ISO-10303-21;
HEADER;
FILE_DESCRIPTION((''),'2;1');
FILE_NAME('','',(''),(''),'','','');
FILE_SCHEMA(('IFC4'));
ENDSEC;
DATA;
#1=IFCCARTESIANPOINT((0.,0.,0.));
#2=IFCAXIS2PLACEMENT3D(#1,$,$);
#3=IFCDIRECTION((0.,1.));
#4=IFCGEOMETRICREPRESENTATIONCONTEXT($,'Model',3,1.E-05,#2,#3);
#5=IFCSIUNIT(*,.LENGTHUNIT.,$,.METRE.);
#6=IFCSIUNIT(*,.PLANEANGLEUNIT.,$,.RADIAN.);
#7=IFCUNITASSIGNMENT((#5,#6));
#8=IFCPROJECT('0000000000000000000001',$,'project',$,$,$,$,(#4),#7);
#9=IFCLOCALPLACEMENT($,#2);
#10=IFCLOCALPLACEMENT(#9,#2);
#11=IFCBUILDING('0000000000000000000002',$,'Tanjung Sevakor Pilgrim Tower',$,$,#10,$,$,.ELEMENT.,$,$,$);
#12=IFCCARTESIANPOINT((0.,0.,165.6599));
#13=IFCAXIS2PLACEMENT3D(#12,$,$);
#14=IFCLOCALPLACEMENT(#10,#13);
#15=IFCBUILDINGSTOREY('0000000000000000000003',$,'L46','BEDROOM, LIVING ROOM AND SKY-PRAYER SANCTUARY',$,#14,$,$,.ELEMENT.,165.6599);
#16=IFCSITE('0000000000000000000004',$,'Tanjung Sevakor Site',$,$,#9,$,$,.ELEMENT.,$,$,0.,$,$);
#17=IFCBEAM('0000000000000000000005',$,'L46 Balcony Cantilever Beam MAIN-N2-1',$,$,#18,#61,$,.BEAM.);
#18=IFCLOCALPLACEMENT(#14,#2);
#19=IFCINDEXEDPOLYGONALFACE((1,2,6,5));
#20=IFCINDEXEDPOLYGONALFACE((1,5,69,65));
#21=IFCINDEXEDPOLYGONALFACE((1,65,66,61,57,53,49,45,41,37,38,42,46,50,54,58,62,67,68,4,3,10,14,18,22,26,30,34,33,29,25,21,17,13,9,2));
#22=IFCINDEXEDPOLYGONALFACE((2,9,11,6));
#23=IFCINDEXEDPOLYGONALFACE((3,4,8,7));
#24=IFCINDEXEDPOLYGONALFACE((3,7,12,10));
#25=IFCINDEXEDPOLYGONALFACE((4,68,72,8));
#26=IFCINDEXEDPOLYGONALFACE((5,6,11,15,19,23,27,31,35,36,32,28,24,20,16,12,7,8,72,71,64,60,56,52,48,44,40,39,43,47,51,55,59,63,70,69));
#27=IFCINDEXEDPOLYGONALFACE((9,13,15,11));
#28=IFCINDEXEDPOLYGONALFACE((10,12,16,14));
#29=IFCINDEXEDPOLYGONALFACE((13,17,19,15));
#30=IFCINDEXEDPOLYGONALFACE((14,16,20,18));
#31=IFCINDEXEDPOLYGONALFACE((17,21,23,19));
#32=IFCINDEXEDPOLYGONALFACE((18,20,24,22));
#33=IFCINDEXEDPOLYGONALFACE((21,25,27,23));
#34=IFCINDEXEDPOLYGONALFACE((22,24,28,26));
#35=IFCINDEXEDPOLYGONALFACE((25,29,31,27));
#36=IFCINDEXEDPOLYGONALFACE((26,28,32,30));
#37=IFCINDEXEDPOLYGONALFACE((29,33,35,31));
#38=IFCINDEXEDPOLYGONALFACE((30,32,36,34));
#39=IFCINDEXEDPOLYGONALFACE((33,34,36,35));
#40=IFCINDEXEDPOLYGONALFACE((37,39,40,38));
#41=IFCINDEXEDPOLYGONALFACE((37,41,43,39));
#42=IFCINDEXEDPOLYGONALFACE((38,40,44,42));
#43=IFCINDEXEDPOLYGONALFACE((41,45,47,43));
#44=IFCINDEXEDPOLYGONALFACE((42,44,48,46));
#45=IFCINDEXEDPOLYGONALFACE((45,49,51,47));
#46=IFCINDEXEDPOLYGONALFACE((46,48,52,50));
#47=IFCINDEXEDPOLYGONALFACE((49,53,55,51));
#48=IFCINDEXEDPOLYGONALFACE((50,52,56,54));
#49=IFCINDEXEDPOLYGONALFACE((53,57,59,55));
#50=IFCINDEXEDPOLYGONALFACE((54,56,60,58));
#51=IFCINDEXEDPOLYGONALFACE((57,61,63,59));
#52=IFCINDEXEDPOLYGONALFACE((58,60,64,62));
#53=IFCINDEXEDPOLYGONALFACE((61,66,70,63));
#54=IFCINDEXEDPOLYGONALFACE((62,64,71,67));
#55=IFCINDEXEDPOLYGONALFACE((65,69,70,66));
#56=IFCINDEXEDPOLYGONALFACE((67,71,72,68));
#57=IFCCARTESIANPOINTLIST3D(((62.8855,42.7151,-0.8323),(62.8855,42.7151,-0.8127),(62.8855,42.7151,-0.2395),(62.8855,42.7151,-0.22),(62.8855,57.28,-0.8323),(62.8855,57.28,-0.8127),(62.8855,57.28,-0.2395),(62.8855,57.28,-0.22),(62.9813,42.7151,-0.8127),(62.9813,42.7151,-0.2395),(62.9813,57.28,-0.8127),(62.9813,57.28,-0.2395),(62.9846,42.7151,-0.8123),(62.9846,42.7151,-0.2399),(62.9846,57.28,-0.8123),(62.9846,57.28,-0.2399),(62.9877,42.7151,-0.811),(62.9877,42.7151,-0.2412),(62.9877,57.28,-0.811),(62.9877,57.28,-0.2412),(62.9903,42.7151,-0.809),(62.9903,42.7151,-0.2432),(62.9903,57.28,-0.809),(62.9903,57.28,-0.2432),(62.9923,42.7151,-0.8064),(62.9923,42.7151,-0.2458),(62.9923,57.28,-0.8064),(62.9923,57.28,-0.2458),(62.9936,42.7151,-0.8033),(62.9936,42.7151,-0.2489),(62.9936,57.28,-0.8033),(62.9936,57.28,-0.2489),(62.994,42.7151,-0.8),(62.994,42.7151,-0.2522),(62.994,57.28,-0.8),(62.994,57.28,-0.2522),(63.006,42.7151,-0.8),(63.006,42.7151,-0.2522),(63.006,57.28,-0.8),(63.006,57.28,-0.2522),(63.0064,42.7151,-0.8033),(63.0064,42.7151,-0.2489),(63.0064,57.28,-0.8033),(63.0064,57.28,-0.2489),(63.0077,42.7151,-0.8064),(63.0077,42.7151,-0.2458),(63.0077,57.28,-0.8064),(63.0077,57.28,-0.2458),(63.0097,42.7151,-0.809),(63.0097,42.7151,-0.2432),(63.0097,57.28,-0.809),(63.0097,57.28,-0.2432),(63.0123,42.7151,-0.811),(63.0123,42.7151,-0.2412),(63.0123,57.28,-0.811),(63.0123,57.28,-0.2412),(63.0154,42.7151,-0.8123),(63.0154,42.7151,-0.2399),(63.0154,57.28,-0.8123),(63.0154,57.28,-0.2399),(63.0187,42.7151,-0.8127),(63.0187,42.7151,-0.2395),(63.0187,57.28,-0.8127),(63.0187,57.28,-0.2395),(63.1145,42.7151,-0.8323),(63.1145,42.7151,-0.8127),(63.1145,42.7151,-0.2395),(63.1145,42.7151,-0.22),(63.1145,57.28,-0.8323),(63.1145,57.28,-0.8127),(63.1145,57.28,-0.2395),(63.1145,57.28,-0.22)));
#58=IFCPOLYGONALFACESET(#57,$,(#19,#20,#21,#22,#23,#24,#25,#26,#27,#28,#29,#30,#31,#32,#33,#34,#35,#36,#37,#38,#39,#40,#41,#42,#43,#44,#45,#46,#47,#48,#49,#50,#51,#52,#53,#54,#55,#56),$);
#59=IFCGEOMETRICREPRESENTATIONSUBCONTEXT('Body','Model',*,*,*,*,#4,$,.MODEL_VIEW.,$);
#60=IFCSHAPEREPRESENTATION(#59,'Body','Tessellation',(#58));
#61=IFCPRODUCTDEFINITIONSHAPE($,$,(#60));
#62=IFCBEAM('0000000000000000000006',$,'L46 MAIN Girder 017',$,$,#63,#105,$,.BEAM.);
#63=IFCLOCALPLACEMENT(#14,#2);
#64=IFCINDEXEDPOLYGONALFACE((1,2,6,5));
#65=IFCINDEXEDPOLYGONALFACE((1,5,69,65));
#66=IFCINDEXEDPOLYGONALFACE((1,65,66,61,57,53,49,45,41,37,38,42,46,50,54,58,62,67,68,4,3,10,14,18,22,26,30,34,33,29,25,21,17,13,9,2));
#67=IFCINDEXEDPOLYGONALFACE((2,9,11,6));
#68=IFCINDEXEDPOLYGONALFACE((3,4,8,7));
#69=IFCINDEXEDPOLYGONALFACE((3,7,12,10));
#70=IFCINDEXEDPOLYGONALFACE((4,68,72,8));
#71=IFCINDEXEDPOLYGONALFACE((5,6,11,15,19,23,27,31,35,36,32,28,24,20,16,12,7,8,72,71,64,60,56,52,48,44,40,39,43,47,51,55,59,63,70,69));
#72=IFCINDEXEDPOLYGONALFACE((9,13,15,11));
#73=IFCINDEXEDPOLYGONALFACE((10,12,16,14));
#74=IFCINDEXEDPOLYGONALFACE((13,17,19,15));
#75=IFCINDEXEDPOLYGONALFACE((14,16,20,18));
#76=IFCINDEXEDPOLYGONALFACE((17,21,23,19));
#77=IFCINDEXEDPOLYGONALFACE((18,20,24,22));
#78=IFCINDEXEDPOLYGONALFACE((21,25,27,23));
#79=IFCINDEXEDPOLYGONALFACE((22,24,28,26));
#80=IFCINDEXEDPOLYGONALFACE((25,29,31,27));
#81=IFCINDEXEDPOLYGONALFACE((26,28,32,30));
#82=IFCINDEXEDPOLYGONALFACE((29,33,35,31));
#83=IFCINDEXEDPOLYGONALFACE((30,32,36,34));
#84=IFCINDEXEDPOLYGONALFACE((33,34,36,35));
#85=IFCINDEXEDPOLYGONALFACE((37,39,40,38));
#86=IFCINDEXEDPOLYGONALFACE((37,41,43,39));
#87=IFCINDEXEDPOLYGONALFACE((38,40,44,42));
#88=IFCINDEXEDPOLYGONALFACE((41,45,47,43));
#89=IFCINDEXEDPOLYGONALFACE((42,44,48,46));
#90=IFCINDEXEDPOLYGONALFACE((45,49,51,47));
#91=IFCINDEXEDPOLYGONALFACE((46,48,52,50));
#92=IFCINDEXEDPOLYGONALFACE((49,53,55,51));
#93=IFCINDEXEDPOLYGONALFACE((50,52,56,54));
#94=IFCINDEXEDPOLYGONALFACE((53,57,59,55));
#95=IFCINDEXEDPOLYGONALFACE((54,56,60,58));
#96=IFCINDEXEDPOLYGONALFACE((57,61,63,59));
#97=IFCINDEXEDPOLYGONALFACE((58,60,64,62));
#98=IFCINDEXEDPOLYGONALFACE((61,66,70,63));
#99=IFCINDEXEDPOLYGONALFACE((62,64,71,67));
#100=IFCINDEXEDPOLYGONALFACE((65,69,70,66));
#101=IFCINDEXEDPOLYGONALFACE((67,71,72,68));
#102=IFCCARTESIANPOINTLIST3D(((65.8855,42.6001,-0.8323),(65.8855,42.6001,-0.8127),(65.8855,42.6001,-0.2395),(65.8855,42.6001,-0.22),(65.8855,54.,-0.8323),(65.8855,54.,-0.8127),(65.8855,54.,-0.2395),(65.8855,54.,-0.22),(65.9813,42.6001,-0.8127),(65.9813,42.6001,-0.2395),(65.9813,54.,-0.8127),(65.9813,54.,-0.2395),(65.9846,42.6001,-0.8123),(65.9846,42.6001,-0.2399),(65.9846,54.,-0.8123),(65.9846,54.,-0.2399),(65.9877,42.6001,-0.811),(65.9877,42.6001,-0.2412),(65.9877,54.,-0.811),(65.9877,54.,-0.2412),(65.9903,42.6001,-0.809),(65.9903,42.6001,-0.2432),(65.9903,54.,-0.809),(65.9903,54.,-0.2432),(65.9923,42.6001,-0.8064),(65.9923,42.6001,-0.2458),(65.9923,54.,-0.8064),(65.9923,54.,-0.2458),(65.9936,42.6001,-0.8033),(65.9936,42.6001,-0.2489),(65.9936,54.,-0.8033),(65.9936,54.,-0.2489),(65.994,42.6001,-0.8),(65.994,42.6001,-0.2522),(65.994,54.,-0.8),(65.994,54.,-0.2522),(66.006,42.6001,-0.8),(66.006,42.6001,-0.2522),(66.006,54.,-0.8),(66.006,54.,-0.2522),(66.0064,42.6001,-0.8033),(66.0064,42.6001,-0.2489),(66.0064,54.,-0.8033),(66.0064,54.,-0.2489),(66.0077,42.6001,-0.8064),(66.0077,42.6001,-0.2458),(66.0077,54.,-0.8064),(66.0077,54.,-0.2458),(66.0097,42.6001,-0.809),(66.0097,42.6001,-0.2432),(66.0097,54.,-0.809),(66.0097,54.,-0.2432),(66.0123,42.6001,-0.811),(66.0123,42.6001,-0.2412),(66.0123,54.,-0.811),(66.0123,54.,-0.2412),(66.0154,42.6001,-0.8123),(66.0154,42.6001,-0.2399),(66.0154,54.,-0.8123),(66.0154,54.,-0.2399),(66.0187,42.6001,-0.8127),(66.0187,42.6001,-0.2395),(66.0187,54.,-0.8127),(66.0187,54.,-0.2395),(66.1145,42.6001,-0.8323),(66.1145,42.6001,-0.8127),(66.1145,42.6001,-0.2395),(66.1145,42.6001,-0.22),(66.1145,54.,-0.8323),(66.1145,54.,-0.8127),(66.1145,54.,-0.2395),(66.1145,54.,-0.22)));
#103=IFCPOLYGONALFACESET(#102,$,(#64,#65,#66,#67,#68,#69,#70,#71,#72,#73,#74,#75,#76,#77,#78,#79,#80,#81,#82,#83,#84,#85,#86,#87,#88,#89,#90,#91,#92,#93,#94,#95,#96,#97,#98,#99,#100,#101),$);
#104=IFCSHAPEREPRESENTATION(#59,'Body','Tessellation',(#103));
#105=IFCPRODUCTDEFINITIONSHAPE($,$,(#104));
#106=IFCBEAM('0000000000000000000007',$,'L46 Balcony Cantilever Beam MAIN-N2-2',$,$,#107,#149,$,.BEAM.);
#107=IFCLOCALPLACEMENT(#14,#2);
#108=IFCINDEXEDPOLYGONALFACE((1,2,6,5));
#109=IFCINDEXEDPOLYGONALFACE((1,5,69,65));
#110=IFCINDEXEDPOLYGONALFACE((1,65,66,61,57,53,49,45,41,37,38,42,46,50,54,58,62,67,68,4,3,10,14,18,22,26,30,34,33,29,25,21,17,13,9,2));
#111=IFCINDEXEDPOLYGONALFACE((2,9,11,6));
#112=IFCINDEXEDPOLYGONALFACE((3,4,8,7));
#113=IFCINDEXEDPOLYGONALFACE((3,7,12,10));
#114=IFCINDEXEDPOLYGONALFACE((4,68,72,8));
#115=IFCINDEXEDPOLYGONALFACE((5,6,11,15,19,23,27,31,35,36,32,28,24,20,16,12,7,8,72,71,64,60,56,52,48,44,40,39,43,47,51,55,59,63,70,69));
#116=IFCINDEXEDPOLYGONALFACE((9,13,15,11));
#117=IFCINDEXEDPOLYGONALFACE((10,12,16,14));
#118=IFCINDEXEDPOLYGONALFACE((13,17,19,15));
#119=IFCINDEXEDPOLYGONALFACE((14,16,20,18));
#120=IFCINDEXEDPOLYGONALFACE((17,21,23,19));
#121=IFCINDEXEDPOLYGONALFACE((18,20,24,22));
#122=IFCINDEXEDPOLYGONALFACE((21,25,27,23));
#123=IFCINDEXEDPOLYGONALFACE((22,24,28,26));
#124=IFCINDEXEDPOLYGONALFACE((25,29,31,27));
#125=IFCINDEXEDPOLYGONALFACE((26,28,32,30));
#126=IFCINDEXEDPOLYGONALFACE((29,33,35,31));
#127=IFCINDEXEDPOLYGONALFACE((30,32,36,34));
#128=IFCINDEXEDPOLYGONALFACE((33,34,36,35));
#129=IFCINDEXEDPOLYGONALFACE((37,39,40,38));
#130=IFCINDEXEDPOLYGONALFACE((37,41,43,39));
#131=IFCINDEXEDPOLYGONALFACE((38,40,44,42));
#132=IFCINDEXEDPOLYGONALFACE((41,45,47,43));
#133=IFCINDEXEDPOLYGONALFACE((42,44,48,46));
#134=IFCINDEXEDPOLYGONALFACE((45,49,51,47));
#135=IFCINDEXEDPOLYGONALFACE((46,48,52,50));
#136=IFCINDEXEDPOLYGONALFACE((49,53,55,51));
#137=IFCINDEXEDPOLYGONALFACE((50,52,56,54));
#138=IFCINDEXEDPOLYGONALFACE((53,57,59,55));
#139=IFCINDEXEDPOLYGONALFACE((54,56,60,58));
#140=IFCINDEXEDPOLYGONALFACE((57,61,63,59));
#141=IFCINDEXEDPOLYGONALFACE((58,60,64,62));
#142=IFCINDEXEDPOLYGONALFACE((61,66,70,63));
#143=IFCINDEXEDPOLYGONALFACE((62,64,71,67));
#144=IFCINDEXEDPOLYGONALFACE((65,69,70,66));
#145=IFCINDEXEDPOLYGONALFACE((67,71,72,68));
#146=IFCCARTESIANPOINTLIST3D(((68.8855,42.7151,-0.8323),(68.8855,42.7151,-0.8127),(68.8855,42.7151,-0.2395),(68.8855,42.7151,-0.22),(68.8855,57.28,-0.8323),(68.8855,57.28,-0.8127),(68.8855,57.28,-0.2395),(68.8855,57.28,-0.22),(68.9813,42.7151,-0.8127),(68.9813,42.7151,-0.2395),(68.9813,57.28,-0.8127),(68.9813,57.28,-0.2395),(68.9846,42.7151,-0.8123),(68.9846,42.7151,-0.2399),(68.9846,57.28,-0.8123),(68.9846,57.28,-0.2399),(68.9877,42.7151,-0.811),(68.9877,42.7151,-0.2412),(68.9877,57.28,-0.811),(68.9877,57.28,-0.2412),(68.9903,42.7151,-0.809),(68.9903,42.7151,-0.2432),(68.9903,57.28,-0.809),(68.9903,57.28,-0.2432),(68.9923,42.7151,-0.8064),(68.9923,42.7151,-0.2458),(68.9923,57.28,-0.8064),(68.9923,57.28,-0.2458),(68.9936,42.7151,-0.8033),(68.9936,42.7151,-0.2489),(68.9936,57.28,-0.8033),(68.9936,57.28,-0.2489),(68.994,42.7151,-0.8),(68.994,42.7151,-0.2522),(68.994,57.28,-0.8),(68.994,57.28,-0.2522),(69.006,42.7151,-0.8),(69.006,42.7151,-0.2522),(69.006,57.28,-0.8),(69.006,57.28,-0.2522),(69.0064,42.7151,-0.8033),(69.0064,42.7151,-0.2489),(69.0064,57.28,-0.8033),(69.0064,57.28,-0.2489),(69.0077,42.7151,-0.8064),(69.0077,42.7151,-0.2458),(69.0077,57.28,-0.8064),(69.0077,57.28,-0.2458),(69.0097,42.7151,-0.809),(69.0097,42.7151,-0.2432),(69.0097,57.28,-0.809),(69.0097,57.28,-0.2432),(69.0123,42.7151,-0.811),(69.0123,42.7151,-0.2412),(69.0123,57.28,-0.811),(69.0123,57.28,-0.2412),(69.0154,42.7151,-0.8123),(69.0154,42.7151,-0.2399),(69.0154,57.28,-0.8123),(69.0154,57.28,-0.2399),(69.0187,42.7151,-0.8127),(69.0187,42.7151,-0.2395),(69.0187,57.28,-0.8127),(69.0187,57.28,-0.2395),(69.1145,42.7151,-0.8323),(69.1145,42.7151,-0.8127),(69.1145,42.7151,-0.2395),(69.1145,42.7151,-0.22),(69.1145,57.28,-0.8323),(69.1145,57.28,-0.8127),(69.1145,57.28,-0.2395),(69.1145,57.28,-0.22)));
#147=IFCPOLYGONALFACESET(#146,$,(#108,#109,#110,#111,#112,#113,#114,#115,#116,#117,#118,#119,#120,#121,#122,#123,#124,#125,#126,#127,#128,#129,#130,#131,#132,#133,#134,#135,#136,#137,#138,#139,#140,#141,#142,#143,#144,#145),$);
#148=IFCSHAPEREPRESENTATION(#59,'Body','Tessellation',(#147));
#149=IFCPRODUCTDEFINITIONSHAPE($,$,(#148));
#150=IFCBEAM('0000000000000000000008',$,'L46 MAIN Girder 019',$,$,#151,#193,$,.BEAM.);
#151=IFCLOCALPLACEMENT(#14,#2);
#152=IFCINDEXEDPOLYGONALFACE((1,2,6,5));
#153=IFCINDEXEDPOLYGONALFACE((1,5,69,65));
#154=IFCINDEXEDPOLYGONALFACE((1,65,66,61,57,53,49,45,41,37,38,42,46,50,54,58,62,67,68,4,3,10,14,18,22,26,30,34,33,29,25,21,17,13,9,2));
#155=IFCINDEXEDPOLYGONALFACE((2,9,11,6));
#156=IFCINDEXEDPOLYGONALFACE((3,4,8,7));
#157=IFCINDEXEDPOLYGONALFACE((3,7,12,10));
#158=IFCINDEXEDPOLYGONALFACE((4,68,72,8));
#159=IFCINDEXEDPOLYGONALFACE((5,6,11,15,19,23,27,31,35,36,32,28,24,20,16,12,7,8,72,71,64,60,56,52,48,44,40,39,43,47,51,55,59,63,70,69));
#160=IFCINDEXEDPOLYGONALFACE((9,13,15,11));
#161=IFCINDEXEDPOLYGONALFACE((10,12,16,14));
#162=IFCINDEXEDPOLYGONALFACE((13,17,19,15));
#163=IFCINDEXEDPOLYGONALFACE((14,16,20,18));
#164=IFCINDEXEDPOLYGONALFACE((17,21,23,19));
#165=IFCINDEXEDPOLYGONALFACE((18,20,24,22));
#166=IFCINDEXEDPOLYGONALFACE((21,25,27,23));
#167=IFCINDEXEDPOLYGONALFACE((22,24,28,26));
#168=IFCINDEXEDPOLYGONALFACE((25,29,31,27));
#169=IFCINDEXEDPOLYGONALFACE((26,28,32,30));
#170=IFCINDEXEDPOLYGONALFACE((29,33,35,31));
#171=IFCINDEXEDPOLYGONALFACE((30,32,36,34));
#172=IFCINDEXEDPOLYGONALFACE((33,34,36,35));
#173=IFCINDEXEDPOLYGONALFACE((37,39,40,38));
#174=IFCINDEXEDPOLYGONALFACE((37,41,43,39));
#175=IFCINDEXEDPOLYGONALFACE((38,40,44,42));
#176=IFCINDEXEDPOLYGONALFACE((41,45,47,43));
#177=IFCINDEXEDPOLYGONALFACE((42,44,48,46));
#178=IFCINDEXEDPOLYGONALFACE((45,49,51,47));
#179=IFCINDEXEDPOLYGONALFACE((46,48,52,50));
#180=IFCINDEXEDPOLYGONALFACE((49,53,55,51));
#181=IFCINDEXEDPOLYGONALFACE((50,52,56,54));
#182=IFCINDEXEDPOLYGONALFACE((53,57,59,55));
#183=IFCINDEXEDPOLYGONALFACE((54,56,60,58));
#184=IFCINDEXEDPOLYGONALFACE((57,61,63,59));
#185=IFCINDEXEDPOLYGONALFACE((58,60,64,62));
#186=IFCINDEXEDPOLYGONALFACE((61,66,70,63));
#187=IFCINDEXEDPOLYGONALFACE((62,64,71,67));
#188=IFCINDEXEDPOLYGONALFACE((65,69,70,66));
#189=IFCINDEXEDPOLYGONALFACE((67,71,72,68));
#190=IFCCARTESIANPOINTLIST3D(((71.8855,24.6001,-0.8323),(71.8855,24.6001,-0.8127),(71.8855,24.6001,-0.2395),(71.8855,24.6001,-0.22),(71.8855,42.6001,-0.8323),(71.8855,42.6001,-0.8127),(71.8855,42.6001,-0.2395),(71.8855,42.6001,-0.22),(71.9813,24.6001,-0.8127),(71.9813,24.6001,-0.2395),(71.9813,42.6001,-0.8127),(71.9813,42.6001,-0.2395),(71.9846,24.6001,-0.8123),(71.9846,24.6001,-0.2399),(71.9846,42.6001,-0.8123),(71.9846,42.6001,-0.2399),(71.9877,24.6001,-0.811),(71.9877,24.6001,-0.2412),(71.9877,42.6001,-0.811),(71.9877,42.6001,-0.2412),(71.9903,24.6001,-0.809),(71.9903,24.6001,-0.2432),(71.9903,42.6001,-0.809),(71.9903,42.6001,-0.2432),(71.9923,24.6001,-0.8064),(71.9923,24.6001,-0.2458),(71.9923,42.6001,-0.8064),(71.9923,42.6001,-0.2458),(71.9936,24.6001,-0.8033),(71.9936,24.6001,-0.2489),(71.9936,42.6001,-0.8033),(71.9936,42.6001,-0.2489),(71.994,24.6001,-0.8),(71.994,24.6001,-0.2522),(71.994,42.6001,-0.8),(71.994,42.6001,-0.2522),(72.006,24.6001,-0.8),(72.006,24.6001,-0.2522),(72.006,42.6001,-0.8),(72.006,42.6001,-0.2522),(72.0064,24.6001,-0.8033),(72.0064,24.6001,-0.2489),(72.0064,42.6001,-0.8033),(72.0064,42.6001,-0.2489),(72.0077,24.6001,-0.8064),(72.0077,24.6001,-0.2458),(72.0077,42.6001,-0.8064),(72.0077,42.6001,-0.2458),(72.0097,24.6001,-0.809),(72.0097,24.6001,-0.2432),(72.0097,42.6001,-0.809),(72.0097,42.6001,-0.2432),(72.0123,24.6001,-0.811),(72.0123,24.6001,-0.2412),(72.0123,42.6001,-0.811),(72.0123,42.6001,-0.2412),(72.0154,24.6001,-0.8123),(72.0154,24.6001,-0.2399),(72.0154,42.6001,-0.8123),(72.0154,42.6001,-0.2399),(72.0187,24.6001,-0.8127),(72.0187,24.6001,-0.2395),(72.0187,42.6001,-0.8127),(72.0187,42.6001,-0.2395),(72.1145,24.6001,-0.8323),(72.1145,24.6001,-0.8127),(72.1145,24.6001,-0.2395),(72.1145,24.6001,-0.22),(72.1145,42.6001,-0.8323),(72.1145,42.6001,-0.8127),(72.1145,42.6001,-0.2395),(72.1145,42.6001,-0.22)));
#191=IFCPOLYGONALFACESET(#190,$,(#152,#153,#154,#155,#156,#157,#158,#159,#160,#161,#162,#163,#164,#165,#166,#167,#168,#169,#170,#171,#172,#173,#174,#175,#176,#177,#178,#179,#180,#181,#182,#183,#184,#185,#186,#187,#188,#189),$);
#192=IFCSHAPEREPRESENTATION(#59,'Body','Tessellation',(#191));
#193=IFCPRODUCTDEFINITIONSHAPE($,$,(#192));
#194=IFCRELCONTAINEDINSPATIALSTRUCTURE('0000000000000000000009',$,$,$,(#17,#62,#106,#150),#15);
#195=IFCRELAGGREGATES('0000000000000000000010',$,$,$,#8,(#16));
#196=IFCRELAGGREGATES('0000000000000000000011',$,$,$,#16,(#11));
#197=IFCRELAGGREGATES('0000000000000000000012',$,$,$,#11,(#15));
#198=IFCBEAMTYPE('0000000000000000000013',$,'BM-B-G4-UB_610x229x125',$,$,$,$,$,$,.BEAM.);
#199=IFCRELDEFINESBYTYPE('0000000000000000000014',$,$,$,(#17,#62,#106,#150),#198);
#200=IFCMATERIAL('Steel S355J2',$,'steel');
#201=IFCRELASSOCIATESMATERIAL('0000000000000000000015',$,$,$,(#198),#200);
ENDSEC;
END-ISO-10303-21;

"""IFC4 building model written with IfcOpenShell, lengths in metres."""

from ifc_helpers import new_model, si_unit, direction, frame, origin, origin_2d, place, context, subcontext, project, spatial, i_section, extrude, material, material_profile, profile_set, type_object, element, save


model = new_model("IFC4")

# Units and contexts
model_context = context("Model", 3, precision=1e-05, world=origin(), true_north=direction((0.0, 1.0)))
body_context = subcontext(model_context, "Body", "Model", "MODEL_VIEW")
ifc_project = project(units=[si_unit("LENGTHUNIT", "METRE"), si_unit("PLANEANGLEUNIT", "RADIAN")], contexts=[model_context])

# Site, building, storey
site_placement = place(None, origin())
site = spatial("IfcSite", under=ifc_project, at=site_placement, Name="Tanjung Sevakor Site", CompositionType="ELEMENT", RefElevation=0.0)
building_placement = place(site_placement, origin())
building = spatial("IfcBuilding", under=site, at=building_placement, Name="Tanjung Sevakor Pilgrim Tower", CompositionType="ELEMENT")
storey_placement = place(building_placement, frame((0.0, 0.0, 165.6599)))
storey = spatial("IfcBuildingStorey", under=building, at=storey_placement, Name="L46", Description="BEDROOM, LIVING ROOM AND SKY-PRAYER SANCTUARY", CompositionType="ELEMENT", Elevation=165.6599)

# Beams
ifc_material_1 = material(Name="Steel S355J2", Category="steel")
ifc_material_profile_1 = material_profile(ifc_material_1, i_section(OverallWidth=0.229, OverallDepth=0.6123, WebThickness=0.012, FlangeThickness=0.0195, FilletRadius=0.0127, at=origin_2d()))
ifc_profile_set_1 = profile_set([ifc_material_profile_1], Name="Steel S355J2")
beam_type_1 = type_object("IfcBeamType", Name="BM-B-G4-UB_610x229x125", PredefinedType="BEAM", material=ifc_profile_set_1)
beam_1_placement = place(storey_placement, frame((63.0, 42.7151, -0.5261), z_axis=(0.0, 1.0, 0.0), x_axis=(-1.0, 0.0, 0.0)))
element("IfcBeam", 1, at=beam_1_placement, inside=storey, type_object=beam_type_1, Name="L46 Balcony Cantilever Beam MAIN-N2-1", PredefinedType="BEAM", context=body_context, shape_type="SweptSolid", body=[
    extrude(i_section(OverallWidth=0.229, OverallDepth=0.6123, WebThickness=0.012, FlangeThickness=0.0195, FilletRadius=0.0127, at=origin_2d()), origin(), (0.0, 0.0, 1.0), 14.5649),
])
beam_2_placement = place(storey_placement, frame((66.0, 42.6001, -0.5261), z_axis=(0.0, 1.0, 0.0), x_axis=(-1.0, 0.0, 0.0)))
element("IfcBeam", 2, at=beam_2_placement, inside=storey, type_object=beam_type_1, Name="L46 MAIN Girder 017", PredefinedType="BEAM", context=body_context, shape_type="SweptSolid", body=[
    extrude(i_section(OverallWidth=0.229, OverallDepth=0.6123, WebThickness=0.012, FlangeThickness=0.0195, FilletRadius=0.0127, at=origin_2d()), origin(), (0.0, 0.0, 1.0), 11.3999),
])
beam_3_placement = place(storey_placement, frame((69.0, 42.7151, -0.5261), z_axis=(0.0, 1.0, 0.0), x_axis=(-1.0, 0.0, 0.0)))
element("IfcBeam", 3, at=beam_3_placement, inside=storey, type_object=beam_type_1, Name="L46 Balcony Cantilever Beam MAIN-N2-2", PredefinedType="BEAM", context=body_context, shape_type="SweptSolid", body=[
    extrude(i_section(OverallWidth=0.229, OverallDepth=0.6123, WebThickness=0.012, FlangeThickness=0.0195, FilletRadius=0.0127, at=origin_2d()), origin(), (0.0, 0.0, 1.0), 14.5649),
])
beam_4_placement = place(storey_placement, frame((72.0, 24.6001, -0.5261), z_axis=(0.0, 1.0, 0.0), x_axis=(-1.0, 0.0, 0.0)))
element("IfcBeam", 4, at=beam_4_placement, inside=storey, type_object=beam_type_1, Name="L46 MAIN Girder 019", PredefinedType="BEAM", context=body_context, shape_type="SweptSolid", body=[
    extrude(i_section(OverallWidth=0.229, OverallDepth=0.6123, WebThickness=0.012, FlangeThickness=0.0195, FilletRadius=0.0127, at=origin_2d()), origin(), (0.0, 0.0, 1.0), 18.0),
])

save(model, "model.ifc")
